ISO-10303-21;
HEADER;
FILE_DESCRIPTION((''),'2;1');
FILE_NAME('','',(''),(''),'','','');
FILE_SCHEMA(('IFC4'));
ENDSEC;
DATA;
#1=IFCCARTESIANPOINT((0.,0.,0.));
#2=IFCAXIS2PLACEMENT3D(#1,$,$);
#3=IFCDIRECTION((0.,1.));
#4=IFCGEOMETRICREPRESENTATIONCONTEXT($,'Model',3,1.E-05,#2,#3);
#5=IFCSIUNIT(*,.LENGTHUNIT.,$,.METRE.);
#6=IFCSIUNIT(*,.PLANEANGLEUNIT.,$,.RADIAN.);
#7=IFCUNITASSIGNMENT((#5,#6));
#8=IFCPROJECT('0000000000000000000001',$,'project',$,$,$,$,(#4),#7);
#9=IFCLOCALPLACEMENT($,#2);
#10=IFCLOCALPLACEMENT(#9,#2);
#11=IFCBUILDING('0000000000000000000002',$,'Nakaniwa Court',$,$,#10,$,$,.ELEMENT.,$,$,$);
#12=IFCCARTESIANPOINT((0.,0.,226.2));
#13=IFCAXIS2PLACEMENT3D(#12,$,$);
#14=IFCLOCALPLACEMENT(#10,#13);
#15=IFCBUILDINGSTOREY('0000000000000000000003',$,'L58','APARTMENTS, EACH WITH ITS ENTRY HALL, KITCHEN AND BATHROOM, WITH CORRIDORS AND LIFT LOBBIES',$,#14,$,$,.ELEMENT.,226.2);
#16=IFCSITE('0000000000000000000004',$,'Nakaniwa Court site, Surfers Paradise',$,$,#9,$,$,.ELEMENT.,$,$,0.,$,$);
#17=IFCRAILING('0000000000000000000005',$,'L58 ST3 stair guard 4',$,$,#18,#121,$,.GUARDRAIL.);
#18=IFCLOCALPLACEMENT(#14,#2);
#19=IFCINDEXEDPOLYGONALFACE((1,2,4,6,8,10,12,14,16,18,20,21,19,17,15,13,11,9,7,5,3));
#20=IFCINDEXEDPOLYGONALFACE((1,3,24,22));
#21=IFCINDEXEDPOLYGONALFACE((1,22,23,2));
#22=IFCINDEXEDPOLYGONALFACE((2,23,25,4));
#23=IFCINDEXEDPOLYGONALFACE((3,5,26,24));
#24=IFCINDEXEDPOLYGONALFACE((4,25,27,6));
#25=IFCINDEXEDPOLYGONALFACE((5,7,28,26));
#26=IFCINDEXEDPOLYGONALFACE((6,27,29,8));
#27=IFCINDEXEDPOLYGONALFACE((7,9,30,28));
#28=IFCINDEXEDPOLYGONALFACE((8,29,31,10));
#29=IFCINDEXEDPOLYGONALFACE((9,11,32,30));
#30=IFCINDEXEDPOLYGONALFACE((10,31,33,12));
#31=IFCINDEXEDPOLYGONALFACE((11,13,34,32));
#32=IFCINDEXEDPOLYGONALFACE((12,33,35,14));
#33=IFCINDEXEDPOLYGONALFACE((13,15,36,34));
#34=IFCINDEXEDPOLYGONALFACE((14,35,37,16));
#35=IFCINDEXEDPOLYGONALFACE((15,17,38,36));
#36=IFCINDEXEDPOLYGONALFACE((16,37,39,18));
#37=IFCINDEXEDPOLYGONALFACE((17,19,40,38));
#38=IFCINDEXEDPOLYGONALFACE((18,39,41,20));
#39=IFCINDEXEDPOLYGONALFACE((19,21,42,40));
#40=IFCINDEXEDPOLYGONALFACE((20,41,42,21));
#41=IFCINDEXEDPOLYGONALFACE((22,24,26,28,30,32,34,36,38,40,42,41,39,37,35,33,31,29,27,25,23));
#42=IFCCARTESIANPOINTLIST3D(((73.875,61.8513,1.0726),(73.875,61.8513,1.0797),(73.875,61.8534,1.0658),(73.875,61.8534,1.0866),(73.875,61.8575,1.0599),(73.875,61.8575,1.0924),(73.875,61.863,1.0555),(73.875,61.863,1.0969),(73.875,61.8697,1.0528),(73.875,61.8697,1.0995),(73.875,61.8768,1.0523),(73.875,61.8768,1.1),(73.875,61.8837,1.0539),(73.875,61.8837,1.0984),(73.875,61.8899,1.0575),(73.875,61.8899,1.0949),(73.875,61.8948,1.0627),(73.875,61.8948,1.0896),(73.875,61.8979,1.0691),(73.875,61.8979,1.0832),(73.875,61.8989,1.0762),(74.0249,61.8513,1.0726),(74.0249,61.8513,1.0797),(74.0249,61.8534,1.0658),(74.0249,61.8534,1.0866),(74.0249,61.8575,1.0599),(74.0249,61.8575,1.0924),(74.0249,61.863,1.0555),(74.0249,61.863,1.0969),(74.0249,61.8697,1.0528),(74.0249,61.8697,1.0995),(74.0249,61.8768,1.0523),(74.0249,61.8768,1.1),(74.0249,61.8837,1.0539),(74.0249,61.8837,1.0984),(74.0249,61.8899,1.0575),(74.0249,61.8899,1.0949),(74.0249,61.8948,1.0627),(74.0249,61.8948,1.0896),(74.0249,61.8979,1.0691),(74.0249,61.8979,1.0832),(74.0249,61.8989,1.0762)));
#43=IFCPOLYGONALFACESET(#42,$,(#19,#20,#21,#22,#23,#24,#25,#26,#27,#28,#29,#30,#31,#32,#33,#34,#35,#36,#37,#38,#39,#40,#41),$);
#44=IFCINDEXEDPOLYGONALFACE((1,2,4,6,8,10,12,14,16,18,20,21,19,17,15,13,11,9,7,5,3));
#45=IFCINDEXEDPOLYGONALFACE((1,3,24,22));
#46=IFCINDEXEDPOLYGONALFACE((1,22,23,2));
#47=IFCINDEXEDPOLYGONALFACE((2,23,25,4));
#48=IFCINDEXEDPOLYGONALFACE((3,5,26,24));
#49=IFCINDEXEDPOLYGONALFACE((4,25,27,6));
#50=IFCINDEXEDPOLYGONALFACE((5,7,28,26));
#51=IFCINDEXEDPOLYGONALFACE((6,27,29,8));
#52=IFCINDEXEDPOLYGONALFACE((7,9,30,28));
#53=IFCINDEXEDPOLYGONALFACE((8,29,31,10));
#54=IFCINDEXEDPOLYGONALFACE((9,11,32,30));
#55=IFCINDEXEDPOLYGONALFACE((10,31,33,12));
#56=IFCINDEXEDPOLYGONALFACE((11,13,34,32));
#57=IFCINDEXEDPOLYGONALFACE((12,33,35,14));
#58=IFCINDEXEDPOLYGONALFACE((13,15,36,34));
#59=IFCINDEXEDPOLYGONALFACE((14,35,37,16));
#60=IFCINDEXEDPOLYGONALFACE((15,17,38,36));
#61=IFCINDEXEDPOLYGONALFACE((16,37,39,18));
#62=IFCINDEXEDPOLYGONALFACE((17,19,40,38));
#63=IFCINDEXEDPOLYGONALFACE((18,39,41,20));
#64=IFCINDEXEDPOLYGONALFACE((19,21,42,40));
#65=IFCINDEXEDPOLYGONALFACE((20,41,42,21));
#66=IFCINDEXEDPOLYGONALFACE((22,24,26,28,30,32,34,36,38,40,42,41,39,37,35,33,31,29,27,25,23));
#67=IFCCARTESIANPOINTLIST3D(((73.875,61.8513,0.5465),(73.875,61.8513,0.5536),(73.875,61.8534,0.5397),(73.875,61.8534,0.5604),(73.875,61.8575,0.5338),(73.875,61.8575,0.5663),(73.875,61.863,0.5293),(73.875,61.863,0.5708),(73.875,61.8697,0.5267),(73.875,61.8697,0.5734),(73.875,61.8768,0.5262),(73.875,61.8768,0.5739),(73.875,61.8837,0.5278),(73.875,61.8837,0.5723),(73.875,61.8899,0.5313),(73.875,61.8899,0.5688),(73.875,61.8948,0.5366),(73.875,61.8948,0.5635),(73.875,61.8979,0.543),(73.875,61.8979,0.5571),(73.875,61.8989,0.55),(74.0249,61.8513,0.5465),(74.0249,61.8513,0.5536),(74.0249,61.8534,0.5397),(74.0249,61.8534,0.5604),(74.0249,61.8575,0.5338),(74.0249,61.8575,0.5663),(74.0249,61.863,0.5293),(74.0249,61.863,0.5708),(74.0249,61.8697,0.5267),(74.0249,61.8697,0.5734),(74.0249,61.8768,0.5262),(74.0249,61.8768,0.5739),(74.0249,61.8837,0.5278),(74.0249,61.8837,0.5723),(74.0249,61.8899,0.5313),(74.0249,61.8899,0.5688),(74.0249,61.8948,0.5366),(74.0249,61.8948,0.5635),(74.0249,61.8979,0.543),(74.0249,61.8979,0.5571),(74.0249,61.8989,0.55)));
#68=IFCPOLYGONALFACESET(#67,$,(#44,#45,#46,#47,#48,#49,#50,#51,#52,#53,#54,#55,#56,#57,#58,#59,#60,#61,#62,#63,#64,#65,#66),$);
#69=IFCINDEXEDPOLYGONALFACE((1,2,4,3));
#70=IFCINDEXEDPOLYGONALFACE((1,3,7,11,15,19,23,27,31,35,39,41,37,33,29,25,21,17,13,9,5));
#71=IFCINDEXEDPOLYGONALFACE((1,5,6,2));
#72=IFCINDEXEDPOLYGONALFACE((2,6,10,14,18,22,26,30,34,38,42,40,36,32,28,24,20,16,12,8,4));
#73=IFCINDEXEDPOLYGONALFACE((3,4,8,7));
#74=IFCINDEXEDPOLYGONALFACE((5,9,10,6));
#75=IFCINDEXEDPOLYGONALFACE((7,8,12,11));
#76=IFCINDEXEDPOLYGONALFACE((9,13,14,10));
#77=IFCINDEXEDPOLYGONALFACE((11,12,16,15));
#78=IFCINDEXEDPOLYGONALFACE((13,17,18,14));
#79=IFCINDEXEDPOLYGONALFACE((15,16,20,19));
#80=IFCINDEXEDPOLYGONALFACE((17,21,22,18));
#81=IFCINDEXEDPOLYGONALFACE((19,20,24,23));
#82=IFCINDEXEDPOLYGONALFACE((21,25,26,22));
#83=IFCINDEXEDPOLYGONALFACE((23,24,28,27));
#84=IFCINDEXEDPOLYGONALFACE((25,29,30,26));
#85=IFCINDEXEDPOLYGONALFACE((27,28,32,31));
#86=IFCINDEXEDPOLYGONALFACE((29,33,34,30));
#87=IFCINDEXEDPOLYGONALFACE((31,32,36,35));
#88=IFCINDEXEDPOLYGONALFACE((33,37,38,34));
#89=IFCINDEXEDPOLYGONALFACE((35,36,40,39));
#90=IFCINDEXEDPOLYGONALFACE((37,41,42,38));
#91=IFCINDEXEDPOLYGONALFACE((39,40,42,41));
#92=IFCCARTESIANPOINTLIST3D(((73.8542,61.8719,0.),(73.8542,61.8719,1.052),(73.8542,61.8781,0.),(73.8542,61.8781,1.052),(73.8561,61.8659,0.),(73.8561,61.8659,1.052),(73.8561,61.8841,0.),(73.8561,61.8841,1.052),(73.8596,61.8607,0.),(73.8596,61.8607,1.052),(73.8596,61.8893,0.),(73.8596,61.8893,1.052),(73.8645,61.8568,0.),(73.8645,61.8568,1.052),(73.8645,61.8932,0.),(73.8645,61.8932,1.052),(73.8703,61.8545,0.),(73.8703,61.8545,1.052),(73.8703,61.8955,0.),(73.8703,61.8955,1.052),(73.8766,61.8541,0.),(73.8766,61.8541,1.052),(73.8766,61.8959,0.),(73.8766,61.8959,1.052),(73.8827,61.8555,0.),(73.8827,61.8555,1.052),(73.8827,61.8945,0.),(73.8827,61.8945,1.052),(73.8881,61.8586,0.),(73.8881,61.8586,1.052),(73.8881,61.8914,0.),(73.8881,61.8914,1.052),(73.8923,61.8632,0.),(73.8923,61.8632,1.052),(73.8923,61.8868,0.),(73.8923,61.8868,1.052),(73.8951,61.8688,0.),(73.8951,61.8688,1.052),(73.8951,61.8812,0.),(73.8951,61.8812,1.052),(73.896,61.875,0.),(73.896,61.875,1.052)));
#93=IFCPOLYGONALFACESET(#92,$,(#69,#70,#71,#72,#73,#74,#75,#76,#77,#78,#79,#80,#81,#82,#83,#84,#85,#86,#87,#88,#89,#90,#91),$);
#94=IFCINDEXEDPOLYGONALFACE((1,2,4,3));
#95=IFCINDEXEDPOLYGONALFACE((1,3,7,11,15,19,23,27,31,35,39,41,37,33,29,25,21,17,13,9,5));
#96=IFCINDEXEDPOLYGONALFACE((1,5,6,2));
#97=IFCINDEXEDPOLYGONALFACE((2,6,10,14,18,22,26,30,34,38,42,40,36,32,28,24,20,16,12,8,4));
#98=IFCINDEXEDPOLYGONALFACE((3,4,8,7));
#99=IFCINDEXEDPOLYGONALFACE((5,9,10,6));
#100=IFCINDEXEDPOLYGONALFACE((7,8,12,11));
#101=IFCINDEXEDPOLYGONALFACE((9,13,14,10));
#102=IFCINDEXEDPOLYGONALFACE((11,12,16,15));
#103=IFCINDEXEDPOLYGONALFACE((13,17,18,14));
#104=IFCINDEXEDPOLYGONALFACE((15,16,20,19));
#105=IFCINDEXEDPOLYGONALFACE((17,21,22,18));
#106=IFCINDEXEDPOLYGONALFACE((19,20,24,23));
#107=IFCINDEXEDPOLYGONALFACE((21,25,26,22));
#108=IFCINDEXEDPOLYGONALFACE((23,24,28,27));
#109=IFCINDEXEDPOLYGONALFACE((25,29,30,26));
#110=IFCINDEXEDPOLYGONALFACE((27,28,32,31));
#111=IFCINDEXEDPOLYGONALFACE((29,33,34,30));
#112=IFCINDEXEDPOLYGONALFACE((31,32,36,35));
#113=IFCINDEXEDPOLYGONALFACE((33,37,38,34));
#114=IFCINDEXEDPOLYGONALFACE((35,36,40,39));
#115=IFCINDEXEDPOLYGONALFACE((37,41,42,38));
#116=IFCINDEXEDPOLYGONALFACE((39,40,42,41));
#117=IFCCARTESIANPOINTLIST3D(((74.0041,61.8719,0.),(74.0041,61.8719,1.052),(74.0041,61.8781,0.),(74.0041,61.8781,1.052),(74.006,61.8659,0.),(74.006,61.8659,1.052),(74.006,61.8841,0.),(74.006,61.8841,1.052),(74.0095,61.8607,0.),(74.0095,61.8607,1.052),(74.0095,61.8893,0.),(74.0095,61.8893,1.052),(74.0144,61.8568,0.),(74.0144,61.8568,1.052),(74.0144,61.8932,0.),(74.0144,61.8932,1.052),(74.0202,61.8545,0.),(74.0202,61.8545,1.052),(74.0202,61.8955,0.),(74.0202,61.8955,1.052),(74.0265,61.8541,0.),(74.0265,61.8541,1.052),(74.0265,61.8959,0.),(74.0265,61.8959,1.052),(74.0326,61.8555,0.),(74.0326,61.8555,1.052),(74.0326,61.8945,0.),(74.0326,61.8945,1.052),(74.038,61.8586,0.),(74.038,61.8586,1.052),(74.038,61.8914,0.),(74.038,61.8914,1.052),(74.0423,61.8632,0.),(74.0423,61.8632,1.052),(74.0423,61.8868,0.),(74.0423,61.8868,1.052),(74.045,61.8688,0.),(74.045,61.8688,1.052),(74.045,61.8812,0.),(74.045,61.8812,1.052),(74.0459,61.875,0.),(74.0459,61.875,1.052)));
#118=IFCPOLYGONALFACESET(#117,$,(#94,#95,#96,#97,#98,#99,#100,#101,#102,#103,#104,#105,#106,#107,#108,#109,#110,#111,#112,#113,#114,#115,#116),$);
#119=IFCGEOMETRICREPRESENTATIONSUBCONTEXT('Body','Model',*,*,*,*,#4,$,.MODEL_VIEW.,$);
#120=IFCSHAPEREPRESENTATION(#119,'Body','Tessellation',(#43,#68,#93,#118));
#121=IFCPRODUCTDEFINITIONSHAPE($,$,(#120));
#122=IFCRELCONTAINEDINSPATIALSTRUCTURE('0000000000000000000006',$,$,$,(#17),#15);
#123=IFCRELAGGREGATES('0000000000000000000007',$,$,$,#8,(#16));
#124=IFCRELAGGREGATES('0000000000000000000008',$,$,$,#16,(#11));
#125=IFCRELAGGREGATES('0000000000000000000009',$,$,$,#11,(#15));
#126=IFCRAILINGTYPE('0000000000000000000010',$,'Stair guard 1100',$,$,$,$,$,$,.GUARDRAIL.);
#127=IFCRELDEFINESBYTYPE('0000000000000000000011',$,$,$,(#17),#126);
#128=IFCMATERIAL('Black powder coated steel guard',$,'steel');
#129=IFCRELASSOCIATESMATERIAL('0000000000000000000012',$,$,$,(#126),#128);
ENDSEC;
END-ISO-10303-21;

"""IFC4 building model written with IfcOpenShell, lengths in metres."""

from ifc_helpers import new_model, si_unit, direction, frame, origin, origin_2d, place, context, subcontext, project, spatial, circle, extrude, material, type_object, element, save


model = new_model("IFC4")

# Units and contexts
model_context = context("Model", 3, precision=1e-05, world=origin(), true_north=direction((0.0, 1.0)))
body_context = subcontext(model_context, "Body", "Model", "MODEL_VIEW")
ifc_project = project(units=[si_unit("LENGTHUNIT", "METRE"), si_unit("PLANEANGLEUNIT", "RADIAN")], contexts=[model_context])

# Site, building, storey
site_placement = place(None, origin())
site = spatial("IfcSite", under=ifc_project, at=site_placement, Name="Nakaniwa Court site, Surfers Paradise", CompositionType="ELEMENT", RefElevation=0.0)
building_placement = place(site_placement, origin())
building = spatial("IfcBuilding", under=site, at=building_placement, Name="Nakaniwa Court", CompositionType="ELEMENT")
storey_placement = place(building_placement, frame((0.0, 0.0, 226.2)))
storey = spatial("IfcBuildingStorey", under=building, at=storey_placement, Name="L58", Description="APARTMENTS, EACH WITH ITS ENTRY HALL, KITCHEN AND BATHROOM, WITH CORRIDORS AND LIFT LOBBIES", CompositionType="ELEMENT", Elevation=226.2)

# Railing
ifc_material_1 = material(Name="Black powder coated steel guard", Category="steel")
railing_type_1 = type_object("IfcRailingType", Name="Stair guard 1100", PredefinedType="GUARDRAIL", material=ifc_material_1)
railing_1_placement = place(storey_placement, frame((73.875, 61.875, 0.0)))
element("IfcRailing", 1, at=railing_1_placement, inside=storey, type_object=railing_type_1, Name="L58 ST3 stair guard 4", PredefinedType="GUARDRAIL", context=body_context, shape_type="SweptSolid", body=[
    extrude(circle(Radius=0.0239, at=origin_2d()), frame((0.0, 0.0, 1.0762), z_axis=(1.0, 0.0, 0.0), x_axis=(0.0, 1.0, 0.0)), (0.0, 0.0, 1.0), 0.1499),
    extrude(circle(Radius=0.0239, at=origin_2d()), frame((0.0, 0.0, 0.55), z_axis=(1.0, 0.0, 0.0), x_axis=(0.0, 1.0, 0.0)), (0.0, 0.0, 1.0), 0.1499),
    extrude(circle(Radius=0.021, at=origin_2d()), origin(), (0.0, 0.0, 1.0), 1.052),
    extrude(circle(Radius=0.021, at=origin_2d()), frame((0.1499, 0.0, 0.0)), (0.0, 0.0, 1.0), 1.052),
])

save(model, "model.ifc")
